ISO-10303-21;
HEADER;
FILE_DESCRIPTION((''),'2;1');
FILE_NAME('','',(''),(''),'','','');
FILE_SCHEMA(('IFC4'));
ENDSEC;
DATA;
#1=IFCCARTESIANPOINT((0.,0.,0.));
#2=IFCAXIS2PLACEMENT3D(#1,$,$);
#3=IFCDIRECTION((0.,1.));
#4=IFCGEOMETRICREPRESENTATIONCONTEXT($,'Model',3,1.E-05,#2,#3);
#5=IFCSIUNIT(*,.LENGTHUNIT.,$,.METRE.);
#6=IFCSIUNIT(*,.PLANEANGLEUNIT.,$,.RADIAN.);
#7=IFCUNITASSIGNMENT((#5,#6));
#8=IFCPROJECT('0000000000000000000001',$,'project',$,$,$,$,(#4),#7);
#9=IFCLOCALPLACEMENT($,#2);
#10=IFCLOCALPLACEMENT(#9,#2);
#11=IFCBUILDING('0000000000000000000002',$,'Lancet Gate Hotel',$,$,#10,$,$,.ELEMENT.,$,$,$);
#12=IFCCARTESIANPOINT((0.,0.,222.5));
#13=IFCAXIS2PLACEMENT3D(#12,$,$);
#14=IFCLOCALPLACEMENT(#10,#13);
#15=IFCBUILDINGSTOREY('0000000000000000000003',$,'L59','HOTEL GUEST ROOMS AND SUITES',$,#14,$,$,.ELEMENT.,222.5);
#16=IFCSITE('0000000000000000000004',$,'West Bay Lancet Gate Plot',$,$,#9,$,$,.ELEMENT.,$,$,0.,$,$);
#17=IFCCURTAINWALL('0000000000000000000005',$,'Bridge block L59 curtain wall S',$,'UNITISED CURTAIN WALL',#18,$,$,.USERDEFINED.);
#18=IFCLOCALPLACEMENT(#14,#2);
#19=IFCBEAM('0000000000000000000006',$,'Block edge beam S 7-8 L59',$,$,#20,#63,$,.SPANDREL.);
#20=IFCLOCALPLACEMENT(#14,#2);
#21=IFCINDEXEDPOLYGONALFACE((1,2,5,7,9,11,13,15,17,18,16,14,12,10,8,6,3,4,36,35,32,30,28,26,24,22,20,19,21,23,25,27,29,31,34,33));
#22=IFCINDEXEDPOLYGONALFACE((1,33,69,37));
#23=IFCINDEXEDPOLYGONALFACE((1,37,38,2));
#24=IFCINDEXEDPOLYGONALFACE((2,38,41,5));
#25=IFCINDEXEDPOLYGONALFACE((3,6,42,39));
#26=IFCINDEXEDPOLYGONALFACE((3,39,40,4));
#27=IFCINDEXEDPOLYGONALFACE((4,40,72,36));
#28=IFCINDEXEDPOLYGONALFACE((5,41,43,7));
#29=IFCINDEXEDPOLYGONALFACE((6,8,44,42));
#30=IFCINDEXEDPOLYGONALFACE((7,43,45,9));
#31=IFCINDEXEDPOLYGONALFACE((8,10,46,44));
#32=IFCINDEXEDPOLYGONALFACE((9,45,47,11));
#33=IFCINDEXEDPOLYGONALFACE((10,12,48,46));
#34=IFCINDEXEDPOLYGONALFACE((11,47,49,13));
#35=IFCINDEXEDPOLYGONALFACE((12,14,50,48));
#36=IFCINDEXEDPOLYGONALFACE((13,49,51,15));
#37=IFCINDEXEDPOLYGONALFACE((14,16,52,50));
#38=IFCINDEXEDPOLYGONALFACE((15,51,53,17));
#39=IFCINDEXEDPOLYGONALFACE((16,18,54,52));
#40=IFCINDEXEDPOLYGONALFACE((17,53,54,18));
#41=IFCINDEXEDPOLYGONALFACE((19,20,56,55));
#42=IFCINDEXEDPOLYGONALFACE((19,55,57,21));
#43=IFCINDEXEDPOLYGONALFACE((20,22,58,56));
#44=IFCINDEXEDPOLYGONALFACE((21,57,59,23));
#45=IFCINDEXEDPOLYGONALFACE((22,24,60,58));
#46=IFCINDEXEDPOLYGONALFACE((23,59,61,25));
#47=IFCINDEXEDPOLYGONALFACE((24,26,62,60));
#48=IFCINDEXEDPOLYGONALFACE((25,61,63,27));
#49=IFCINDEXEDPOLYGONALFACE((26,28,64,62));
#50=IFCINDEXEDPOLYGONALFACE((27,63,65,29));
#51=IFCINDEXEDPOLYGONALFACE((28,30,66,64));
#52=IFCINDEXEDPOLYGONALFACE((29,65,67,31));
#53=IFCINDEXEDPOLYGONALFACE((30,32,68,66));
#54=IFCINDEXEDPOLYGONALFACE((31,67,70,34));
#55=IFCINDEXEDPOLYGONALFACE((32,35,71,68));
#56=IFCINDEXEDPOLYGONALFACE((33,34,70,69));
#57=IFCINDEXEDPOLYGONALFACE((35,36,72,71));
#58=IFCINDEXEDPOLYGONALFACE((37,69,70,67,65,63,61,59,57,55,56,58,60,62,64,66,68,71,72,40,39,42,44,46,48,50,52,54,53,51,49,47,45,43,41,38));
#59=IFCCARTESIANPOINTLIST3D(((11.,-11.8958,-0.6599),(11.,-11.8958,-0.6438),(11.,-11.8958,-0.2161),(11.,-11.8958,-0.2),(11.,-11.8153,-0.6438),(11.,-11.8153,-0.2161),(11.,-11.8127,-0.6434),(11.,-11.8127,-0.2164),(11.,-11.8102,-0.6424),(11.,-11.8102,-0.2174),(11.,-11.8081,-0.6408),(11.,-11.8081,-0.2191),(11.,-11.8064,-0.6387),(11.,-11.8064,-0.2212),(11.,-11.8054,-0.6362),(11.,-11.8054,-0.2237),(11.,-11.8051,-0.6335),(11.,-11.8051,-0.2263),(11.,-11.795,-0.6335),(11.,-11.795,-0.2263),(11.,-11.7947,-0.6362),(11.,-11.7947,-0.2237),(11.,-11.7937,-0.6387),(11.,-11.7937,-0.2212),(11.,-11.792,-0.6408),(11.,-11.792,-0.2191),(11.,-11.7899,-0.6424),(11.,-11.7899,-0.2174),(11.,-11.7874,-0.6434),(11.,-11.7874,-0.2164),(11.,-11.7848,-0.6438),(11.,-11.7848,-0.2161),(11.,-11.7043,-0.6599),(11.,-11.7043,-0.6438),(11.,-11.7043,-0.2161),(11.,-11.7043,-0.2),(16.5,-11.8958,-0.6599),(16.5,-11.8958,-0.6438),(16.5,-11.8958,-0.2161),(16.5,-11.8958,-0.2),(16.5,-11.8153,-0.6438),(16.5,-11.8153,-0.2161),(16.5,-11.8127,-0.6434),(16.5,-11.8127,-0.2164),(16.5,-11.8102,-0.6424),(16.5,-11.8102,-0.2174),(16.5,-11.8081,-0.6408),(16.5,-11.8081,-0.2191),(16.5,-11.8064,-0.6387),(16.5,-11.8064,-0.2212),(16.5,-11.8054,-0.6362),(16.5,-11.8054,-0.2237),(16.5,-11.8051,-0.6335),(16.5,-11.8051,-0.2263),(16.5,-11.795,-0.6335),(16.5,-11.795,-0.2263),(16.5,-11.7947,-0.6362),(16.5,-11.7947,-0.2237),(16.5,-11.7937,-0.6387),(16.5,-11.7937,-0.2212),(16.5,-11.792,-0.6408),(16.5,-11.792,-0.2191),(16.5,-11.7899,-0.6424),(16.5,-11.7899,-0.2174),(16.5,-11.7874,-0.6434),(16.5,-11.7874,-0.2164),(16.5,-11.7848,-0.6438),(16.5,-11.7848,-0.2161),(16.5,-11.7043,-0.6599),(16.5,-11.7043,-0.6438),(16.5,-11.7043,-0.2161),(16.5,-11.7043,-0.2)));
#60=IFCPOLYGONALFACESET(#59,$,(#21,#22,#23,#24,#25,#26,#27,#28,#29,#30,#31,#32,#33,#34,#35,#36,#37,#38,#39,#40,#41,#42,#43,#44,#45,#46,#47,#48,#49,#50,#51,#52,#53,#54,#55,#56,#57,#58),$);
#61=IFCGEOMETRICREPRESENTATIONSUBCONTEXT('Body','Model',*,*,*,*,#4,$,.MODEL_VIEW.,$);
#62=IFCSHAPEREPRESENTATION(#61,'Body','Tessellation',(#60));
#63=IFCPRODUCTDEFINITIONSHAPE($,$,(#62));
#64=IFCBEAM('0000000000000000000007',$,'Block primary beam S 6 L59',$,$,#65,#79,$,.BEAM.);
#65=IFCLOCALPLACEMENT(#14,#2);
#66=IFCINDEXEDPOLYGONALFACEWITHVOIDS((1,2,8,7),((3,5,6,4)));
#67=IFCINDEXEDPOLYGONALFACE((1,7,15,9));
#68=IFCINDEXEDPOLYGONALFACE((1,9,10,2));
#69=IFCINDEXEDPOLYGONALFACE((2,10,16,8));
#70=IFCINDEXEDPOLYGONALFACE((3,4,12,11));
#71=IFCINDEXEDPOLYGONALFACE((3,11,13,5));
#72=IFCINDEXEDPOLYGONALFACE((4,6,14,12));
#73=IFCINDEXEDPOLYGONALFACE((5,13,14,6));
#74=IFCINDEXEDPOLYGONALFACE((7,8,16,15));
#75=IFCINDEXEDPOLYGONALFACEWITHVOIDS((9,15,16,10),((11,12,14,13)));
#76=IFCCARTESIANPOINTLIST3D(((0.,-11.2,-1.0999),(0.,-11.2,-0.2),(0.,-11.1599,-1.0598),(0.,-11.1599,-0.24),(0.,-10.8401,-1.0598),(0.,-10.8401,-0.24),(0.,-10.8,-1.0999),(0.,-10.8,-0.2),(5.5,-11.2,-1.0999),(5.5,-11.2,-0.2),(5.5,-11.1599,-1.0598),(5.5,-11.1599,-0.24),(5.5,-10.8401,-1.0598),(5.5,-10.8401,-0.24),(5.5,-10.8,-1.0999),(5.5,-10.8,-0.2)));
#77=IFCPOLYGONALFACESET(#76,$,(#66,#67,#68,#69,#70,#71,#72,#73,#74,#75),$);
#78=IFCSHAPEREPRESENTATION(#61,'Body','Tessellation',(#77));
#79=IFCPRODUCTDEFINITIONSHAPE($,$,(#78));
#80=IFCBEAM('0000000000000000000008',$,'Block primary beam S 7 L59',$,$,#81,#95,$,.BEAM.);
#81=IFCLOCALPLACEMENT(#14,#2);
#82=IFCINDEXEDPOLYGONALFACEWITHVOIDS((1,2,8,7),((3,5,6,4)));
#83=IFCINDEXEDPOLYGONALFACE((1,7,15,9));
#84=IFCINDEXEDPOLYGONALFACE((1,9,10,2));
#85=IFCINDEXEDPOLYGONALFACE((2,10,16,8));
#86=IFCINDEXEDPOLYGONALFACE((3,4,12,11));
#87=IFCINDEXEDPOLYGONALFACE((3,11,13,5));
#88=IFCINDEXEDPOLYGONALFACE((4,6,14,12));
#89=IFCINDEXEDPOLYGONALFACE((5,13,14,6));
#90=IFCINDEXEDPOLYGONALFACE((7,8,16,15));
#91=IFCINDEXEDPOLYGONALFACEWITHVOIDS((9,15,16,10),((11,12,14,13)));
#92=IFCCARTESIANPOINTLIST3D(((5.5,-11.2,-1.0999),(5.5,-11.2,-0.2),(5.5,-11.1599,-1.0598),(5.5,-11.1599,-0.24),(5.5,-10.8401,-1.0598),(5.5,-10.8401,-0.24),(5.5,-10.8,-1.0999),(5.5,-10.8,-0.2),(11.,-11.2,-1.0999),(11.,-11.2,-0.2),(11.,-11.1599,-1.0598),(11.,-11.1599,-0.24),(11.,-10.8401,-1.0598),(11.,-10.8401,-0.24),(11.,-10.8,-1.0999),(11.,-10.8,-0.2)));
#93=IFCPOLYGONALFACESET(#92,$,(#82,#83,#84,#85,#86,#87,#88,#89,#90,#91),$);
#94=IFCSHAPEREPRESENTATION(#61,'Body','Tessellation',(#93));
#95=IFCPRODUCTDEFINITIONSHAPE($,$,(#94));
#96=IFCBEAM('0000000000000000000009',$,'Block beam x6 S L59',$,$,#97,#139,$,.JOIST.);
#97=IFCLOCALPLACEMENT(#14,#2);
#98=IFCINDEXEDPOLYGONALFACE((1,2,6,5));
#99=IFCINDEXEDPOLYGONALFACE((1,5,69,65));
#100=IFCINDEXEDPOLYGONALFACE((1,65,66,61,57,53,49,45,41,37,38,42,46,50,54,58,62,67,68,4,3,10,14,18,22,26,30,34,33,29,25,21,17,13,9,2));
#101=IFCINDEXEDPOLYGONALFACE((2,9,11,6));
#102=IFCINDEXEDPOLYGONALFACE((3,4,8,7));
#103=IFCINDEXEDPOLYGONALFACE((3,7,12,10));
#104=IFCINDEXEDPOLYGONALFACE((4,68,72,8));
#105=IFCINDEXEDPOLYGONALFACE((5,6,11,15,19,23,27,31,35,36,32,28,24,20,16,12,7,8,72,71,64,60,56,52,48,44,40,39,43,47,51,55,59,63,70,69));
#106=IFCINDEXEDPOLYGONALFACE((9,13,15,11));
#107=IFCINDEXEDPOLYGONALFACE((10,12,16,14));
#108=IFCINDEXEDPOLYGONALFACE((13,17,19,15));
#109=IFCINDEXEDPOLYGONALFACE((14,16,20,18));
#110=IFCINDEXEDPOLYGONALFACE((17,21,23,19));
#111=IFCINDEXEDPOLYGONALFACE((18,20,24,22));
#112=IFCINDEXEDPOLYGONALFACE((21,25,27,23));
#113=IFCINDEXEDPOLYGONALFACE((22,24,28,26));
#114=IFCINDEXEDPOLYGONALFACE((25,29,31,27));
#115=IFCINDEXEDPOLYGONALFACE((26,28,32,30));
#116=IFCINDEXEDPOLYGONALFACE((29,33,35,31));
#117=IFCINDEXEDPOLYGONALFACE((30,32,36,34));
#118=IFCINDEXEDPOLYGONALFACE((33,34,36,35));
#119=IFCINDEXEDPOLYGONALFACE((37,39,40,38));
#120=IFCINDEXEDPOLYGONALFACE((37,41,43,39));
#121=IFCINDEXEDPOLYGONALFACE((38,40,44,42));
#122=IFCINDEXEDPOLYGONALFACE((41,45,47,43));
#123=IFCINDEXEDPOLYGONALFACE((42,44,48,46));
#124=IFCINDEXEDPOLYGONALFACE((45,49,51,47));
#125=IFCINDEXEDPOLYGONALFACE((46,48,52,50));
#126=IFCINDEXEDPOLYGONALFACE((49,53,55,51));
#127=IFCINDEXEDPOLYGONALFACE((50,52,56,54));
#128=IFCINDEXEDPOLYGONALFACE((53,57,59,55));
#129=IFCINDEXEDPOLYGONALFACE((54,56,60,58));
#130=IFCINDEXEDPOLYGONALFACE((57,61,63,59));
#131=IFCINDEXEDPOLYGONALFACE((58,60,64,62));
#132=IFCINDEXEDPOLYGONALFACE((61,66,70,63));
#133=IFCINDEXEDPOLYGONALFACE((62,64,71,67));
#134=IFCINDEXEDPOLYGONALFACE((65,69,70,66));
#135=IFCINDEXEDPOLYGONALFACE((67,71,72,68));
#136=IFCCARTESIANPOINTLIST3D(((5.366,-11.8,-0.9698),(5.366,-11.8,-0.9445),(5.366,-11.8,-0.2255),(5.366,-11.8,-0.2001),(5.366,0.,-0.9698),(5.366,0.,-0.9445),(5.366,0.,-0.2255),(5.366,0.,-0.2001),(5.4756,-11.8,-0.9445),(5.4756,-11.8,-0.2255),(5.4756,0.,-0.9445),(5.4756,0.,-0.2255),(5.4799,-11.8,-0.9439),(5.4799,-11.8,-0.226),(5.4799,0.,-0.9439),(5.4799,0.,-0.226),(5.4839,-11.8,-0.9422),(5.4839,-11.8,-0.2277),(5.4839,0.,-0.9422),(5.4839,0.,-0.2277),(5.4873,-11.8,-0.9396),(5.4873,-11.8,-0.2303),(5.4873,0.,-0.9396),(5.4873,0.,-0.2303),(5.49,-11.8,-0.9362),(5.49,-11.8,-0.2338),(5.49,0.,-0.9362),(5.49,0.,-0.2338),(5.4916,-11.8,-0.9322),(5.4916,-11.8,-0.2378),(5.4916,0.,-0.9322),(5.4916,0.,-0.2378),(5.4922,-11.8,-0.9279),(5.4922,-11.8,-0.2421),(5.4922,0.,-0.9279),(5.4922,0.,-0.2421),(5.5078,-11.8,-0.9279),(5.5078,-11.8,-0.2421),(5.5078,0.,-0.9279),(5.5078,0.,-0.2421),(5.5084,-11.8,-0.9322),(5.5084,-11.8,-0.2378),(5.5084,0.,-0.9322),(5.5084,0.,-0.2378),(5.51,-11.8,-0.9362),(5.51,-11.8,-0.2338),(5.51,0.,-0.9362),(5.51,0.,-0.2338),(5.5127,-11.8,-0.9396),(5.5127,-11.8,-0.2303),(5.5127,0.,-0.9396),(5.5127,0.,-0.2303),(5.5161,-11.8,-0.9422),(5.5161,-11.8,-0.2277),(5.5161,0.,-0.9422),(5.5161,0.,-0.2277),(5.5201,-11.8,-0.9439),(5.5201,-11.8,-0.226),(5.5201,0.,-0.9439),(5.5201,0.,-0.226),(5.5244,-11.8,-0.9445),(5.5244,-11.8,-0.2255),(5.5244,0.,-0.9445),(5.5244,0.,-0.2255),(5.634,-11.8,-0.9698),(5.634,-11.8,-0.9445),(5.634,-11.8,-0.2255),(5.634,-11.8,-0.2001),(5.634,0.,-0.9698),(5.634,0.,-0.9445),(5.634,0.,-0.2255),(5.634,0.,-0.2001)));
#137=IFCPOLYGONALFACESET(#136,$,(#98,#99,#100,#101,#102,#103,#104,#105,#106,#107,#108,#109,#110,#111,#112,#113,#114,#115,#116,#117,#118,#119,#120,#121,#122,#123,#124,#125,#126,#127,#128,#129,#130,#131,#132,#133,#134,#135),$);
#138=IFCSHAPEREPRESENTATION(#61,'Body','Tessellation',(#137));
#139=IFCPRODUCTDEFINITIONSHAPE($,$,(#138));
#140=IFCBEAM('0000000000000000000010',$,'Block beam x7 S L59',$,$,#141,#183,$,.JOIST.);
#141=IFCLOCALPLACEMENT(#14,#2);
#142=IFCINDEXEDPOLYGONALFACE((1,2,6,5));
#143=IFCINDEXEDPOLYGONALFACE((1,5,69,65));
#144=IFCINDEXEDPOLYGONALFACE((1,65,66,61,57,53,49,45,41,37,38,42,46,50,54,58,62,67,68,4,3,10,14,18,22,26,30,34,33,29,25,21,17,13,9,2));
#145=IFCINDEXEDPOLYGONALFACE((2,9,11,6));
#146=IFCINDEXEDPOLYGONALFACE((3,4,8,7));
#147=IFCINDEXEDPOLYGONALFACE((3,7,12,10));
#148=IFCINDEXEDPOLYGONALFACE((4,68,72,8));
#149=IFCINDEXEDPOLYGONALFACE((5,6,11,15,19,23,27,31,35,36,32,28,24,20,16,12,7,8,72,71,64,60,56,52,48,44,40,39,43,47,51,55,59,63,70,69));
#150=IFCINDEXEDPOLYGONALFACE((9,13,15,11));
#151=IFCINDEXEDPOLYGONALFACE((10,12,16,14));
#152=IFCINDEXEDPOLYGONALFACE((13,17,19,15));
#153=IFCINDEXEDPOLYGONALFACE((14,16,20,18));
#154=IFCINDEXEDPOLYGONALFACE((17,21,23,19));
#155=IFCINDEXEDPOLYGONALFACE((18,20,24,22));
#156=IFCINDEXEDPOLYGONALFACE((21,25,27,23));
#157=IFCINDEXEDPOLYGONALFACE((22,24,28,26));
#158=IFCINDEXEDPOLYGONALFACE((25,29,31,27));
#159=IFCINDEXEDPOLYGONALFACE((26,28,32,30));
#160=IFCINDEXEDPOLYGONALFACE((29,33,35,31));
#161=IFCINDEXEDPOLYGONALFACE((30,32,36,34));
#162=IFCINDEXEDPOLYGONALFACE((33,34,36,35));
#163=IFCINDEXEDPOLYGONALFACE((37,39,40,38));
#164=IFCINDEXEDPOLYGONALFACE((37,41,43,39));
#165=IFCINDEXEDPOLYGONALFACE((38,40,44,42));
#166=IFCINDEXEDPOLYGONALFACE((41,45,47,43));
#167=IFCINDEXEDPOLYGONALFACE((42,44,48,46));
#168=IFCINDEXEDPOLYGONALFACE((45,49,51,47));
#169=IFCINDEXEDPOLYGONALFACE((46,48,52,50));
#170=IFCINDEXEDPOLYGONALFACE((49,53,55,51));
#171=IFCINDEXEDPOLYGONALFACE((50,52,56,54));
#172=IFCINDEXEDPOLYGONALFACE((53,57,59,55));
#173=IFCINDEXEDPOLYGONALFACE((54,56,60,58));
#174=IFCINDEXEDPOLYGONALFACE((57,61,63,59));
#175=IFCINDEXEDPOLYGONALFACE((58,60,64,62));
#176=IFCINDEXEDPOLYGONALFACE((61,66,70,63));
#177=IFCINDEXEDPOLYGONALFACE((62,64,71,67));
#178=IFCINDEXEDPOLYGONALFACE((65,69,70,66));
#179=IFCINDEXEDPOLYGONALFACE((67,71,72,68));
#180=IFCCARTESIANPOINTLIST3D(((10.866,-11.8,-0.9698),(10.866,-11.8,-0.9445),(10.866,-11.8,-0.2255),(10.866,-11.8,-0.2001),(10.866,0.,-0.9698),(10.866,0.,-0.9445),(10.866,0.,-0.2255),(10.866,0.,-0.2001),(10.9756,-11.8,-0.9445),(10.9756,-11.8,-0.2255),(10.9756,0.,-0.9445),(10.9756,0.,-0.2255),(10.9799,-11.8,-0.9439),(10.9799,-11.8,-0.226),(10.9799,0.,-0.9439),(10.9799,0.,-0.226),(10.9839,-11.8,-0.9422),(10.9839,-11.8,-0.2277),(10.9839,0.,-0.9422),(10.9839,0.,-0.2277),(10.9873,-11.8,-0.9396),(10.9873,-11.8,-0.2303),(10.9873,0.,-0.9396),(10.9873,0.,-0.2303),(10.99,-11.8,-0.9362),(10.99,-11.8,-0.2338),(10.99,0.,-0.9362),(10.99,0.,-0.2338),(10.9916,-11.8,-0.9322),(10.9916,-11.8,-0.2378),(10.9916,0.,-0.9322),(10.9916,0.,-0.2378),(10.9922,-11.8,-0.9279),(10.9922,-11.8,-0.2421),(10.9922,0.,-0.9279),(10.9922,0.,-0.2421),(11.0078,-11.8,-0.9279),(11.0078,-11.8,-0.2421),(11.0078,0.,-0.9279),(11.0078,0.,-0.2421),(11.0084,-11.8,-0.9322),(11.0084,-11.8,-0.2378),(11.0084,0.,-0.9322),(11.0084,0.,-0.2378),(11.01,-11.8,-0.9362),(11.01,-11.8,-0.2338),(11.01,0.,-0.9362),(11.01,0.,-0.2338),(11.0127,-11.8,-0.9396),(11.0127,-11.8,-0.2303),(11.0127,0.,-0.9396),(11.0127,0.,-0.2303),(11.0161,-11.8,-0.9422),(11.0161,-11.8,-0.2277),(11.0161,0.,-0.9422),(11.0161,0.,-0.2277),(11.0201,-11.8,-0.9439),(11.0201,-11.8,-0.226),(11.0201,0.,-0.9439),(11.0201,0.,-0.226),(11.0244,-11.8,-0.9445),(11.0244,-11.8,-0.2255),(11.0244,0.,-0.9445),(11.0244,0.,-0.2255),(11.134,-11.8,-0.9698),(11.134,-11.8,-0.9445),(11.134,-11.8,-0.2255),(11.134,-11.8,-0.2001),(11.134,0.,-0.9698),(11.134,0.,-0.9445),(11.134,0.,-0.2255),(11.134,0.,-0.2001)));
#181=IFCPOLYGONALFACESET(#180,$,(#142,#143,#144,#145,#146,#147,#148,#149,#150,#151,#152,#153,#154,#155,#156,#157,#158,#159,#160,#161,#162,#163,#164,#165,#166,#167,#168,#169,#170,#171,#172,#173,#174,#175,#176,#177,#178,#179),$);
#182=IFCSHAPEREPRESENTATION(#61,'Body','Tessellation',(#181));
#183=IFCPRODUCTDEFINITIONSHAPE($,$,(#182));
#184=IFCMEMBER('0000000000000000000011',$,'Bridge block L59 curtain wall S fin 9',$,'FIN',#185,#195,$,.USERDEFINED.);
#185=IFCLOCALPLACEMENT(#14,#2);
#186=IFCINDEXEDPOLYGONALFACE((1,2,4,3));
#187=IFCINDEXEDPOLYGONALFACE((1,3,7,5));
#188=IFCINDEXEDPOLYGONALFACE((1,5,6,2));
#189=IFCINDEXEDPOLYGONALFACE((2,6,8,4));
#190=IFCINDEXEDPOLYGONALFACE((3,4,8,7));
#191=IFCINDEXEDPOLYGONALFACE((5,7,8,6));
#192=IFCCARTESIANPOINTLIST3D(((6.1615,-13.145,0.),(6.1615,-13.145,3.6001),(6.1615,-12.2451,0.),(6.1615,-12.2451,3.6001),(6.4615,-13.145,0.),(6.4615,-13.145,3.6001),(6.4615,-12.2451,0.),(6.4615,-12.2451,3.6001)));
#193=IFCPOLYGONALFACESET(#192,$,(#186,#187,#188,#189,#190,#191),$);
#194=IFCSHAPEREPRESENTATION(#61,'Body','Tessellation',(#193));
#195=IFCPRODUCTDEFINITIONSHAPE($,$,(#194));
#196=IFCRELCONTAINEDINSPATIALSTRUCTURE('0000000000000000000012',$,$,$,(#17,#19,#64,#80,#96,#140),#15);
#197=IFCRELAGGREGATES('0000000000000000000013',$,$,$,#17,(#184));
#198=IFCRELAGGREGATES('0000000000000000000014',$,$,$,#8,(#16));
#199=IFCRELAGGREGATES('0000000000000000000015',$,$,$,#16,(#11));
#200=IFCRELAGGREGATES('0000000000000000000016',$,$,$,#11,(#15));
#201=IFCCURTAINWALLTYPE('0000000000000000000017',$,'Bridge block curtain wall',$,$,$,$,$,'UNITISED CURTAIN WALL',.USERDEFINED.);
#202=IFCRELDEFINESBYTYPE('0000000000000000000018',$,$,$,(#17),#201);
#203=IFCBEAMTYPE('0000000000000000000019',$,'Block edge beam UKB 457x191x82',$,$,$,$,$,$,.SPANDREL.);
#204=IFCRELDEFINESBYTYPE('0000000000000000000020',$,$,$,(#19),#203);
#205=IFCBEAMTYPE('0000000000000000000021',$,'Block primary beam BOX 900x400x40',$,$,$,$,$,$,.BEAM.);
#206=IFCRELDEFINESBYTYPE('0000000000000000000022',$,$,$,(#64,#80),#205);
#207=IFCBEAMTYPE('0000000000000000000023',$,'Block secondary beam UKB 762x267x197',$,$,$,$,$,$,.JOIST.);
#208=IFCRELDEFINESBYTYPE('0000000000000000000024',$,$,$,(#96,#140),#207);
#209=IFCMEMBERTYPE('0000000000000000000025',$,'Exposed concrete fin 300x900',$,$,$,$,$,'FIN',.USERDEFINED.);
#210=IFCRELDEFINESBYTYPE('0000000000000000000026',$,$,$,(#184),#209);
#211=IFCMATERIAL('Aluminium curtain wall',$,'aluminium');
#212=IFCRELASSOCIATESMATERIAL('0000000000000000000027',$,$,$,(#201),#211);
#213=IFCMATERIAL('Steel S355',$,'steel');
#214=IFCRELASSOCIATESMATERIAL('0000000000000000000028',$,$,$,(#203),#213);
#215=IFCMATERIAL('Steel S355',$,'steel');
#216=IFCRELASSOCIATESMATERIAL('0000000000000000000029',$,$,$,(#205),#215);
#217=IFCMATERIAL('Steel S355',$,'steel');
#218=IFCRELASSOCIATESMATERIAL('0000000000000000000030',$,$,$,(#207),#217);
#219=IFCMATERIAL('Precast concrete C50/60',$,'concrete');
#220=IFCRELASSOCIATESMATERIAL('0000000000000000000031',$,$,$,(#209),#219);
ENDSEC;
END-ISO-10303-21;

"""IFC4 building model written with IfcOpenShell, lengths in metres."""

from ifc_helpers import new_model, si_unit, direction, frame, origin, origin_2d, place, context, subcontext, project, spatial, rectangle, hollow_rectangle, i_section, extrude, material, material_profile, profile_set, type_object, element, aggregate, save


model = new_model("IFC4")

# Units and contexts
model_context = context("Model", 3, precision=1e-05, world=origin(), true_north=direction((0.0, 1.0)))
body_context = subcontext(model_context, "Body", "Model", "MODEL_VIEW")
ifc_project = project(units=[si_unit("LENGTHUNIT", "METRE"), si_unit("PLANEANGLEUNIT", "RADIAN")], contexts=[model_context])

# Site, building, storey
site_placement = place(None, origin())
site = spatial("IfcSite", under=ifc_project, at=site_placement, Name="West Bay Lancet Gate Plot", CompositionType="ELEMENT", RefElevation=0.0)
building_placement = place(site_placement, origin())
building = spatial("IfcBuilding", under=site, at=building_placement, Name="Lancet Gate Hotel", CompositionType="ELEMENT")
storey_placement = place(building_placement, frame((0.0, 0.0, 222.5)))
storey = spatial("IfcBuildingStorey", under=building, at=storey_placement, Name="L59", Description="HOTEL GUEST ROOMS AND SUITES", CompositionType="ELEMENT", Elevation=222.5)

# Curtain wall
ifc_material_1 = material(Name="Aluminium curtain wall", Category="aluminium")
curtain_wall_type = type_object("IfcCurtainWallType", Name="Bridge block curtain wall", ElementType="UNITISED CURTAIN WALL", PredefinedType="USERDEFINED", material=ifc_material_1)
curtain_wall_placement = place(storey_placement, origin())
curtain_wall = element("IfcCurtainWall", 1, at=curtain_wall_placement, inside=storey, type_object=curtain_wall_type, Name="Bridge block L59 curtain wall S", ObjectType="UNITISED CURTAIN WALL", PredefinedType="USERDEFINED")

# Beams
ifc_material_2 = material(Name="Steel S355", Category="steel")
ifc_material_profile_1 = material_profile(ifc_material_2, i_section(OverallWidth=0.1914, OverallDepth=0.46, WebThickness=0.01, FlangeThickness=0.0161, FilletRadius=0.0103, at=origin_2d()), Name="UKB 457x191x82")
ifc_profile_set_1 = profile_set([ifc_material_profile_1], Name="Steel S355")
beam_type_1 = type_object("IfcBeamType", Name="Block edge beam UKB 457x191x82", PredefinedType="SPANDREL", material=ifc_profile_set_1)
for number, where, z_axis, x_axis, name in (
    (2, (11.0, -11.8, -0.4299), (1.0, 0.0, 0.0), (0.0, 1.0, 0.0), "Block edge beam S 7-8 L59"),
):
    element("IfcBeam", number, at=place(storey_placement, frame(where, z_axis=z_axis, x_axis=x_axis)), inside=storey, type_object=beam_type_1, Name=name, PredefinedType="SPANDREL", context=body_context, shape_type="SweptSolid", body=[
        extrude(i_section(OverallWidth=0.1914, OverallDepth=0.46, WebThickness=0.01, FlangeThickness=0.0161, FilletRadius=0.0103, at=origin_2d()), origin(), (0.0, 0.0, 1.0), 5.5),
    ])
ifc_material_3 = material(Name="Steel S355", Category="steel")
ifc_material_profile_2 = material_profile(ifc_material_3, hollow_rectangle(XDim=0.3999, YDim=0.8999, WallThickness=0.04, at=origin_2d()), Name="BOX 900x400x40")
ifc_profile_set_2 = profile_set([ifc_material_profile_2], Name="Steel S355")
beam_type_2 = type_object("IfcBeamType", Name="Block primary beam BOX 900x400x40", PredefinedType="BEAM", material=ifc_profile_set_2)
for number, where, z_axis, x_axis, name in (
    (3, (0.0, -11.0, -0.6499), (1.0, 0.0, 0.0), (0.0, 1.0, 0.0), "Block primary beam S 6 L59"),
    (4, (5.5, -11.0, -0.6499), (1.0, 0.0, 0.0), (0.0, 1.0, 0.0), "Block primary beam S 7 L59"),
):
    element("IfcBeam", number, at=place(storey_placement, frame(where, z_axis=z_axis, x_axis=x_axis)), inside=storey, type_object=beam_type_2, Name=name, PredefinedType="BEAM", context=body_context, shape_type="SweptSolid", body=[
        extrude(hollow_rectangle(XDim=0.3999, YDim=0.8999, WallThickness=0.04, at=origin_2d()), origin(), (0.0, 0.0, 1.0), 5.5),
    ])
ifc_material_4 = material(Name="Steel S355", Category="steel")
ifc_material_profile_3 = material_profile(ifc_material_4, i_section(OverallWidth=0.2681, OverallDepth=0.7698, WebThickness=0.0156, FlangeThickness=0.0254, FilletRadius=0.0166, at=origin_2d()), Name="UKB 762x267x197")
ifc_profile_set_3 = profile_set([ifc_material_profile_3], Name="Steel S355")
beam_type_3 = type_object("IfcBeamType", Name="Block secondary beam UKB 762x267x197", PredefinedType="JOIST", material=ifc_profile_set_3)
for number, where, z_axis, x_axis, name in (
    (5, (5.5, -11.8, -0.585), (0.0, 1.0, 0.0), (-1.0, 0.0, 0.0), "Block beam x6 S L59"),
    (6, (11.0, -11.8, -0.585), (0.0, 1.0, 0.0), (-1.0, 0.0, 0.0), "Block beam x7 S L59"),
):
    element("IfcBeam", number, at=place(storey_placement, frame(where, z_axis=z_axis, x_axis=x_axis)), inside=storey, type_object=beam_type_3, Name=name, PredefinedType="JOIST", context=body_context, shape_type="SweptSolid", body=[
        extrude(i_section(OverallWidth=0.2681, OverallDepth=0.7698, WebThickness=0.0156, FlangeThickness=0.0254, FilletRadius=0.0166, at=origin_2d()), origin(), (0.0, 0.0, 1.0), 11.8),
    ])

# Member
ifc_material_5 = material(Name="Precast concrete C50/60", Category="concrete")
ifc_material_profile_4 = material_profile(ifc_material_5, rectangle(XDim=0.3, YDim=0.8999, at=origin_2d()), Name="FIN 300x900")
ifc_profile_set_4 = profile_set([ifc_material_profile_4], Name="Precast concrete C50/60")
member_type_1 = type_object("IfcMemberType", Name="Exposed concrete fin 300x900", ElementType="FIN", PredefinedType="USERDEFINED", material=ifc_profile_set_4)
member_1_placement = place(storey_placement, frame((6.3115, -12.6951, 0.0), z_axis=(0.0, 0.0, 1.0), x_axis=(1.0, 0.0, 0.0)))
member_1 = element("IfcMember", 7, at=member_1_placement, type_object=member_type_1, Name="Bridge block L59 curtain wall S fin 9", ObjectType="FIN", PredefinedType="USERDEFINED", context=body_context, shape_type="SweptSolid", body=[
    extrude(rectangle(XDim=0.3, YDim=0.8999, at=origin_2d()), origin(), (0.0, 0.0, 1.0), 3.6001),
])

aggregate(curtain_wall, [member_1])

save(model, "model.ifc")
